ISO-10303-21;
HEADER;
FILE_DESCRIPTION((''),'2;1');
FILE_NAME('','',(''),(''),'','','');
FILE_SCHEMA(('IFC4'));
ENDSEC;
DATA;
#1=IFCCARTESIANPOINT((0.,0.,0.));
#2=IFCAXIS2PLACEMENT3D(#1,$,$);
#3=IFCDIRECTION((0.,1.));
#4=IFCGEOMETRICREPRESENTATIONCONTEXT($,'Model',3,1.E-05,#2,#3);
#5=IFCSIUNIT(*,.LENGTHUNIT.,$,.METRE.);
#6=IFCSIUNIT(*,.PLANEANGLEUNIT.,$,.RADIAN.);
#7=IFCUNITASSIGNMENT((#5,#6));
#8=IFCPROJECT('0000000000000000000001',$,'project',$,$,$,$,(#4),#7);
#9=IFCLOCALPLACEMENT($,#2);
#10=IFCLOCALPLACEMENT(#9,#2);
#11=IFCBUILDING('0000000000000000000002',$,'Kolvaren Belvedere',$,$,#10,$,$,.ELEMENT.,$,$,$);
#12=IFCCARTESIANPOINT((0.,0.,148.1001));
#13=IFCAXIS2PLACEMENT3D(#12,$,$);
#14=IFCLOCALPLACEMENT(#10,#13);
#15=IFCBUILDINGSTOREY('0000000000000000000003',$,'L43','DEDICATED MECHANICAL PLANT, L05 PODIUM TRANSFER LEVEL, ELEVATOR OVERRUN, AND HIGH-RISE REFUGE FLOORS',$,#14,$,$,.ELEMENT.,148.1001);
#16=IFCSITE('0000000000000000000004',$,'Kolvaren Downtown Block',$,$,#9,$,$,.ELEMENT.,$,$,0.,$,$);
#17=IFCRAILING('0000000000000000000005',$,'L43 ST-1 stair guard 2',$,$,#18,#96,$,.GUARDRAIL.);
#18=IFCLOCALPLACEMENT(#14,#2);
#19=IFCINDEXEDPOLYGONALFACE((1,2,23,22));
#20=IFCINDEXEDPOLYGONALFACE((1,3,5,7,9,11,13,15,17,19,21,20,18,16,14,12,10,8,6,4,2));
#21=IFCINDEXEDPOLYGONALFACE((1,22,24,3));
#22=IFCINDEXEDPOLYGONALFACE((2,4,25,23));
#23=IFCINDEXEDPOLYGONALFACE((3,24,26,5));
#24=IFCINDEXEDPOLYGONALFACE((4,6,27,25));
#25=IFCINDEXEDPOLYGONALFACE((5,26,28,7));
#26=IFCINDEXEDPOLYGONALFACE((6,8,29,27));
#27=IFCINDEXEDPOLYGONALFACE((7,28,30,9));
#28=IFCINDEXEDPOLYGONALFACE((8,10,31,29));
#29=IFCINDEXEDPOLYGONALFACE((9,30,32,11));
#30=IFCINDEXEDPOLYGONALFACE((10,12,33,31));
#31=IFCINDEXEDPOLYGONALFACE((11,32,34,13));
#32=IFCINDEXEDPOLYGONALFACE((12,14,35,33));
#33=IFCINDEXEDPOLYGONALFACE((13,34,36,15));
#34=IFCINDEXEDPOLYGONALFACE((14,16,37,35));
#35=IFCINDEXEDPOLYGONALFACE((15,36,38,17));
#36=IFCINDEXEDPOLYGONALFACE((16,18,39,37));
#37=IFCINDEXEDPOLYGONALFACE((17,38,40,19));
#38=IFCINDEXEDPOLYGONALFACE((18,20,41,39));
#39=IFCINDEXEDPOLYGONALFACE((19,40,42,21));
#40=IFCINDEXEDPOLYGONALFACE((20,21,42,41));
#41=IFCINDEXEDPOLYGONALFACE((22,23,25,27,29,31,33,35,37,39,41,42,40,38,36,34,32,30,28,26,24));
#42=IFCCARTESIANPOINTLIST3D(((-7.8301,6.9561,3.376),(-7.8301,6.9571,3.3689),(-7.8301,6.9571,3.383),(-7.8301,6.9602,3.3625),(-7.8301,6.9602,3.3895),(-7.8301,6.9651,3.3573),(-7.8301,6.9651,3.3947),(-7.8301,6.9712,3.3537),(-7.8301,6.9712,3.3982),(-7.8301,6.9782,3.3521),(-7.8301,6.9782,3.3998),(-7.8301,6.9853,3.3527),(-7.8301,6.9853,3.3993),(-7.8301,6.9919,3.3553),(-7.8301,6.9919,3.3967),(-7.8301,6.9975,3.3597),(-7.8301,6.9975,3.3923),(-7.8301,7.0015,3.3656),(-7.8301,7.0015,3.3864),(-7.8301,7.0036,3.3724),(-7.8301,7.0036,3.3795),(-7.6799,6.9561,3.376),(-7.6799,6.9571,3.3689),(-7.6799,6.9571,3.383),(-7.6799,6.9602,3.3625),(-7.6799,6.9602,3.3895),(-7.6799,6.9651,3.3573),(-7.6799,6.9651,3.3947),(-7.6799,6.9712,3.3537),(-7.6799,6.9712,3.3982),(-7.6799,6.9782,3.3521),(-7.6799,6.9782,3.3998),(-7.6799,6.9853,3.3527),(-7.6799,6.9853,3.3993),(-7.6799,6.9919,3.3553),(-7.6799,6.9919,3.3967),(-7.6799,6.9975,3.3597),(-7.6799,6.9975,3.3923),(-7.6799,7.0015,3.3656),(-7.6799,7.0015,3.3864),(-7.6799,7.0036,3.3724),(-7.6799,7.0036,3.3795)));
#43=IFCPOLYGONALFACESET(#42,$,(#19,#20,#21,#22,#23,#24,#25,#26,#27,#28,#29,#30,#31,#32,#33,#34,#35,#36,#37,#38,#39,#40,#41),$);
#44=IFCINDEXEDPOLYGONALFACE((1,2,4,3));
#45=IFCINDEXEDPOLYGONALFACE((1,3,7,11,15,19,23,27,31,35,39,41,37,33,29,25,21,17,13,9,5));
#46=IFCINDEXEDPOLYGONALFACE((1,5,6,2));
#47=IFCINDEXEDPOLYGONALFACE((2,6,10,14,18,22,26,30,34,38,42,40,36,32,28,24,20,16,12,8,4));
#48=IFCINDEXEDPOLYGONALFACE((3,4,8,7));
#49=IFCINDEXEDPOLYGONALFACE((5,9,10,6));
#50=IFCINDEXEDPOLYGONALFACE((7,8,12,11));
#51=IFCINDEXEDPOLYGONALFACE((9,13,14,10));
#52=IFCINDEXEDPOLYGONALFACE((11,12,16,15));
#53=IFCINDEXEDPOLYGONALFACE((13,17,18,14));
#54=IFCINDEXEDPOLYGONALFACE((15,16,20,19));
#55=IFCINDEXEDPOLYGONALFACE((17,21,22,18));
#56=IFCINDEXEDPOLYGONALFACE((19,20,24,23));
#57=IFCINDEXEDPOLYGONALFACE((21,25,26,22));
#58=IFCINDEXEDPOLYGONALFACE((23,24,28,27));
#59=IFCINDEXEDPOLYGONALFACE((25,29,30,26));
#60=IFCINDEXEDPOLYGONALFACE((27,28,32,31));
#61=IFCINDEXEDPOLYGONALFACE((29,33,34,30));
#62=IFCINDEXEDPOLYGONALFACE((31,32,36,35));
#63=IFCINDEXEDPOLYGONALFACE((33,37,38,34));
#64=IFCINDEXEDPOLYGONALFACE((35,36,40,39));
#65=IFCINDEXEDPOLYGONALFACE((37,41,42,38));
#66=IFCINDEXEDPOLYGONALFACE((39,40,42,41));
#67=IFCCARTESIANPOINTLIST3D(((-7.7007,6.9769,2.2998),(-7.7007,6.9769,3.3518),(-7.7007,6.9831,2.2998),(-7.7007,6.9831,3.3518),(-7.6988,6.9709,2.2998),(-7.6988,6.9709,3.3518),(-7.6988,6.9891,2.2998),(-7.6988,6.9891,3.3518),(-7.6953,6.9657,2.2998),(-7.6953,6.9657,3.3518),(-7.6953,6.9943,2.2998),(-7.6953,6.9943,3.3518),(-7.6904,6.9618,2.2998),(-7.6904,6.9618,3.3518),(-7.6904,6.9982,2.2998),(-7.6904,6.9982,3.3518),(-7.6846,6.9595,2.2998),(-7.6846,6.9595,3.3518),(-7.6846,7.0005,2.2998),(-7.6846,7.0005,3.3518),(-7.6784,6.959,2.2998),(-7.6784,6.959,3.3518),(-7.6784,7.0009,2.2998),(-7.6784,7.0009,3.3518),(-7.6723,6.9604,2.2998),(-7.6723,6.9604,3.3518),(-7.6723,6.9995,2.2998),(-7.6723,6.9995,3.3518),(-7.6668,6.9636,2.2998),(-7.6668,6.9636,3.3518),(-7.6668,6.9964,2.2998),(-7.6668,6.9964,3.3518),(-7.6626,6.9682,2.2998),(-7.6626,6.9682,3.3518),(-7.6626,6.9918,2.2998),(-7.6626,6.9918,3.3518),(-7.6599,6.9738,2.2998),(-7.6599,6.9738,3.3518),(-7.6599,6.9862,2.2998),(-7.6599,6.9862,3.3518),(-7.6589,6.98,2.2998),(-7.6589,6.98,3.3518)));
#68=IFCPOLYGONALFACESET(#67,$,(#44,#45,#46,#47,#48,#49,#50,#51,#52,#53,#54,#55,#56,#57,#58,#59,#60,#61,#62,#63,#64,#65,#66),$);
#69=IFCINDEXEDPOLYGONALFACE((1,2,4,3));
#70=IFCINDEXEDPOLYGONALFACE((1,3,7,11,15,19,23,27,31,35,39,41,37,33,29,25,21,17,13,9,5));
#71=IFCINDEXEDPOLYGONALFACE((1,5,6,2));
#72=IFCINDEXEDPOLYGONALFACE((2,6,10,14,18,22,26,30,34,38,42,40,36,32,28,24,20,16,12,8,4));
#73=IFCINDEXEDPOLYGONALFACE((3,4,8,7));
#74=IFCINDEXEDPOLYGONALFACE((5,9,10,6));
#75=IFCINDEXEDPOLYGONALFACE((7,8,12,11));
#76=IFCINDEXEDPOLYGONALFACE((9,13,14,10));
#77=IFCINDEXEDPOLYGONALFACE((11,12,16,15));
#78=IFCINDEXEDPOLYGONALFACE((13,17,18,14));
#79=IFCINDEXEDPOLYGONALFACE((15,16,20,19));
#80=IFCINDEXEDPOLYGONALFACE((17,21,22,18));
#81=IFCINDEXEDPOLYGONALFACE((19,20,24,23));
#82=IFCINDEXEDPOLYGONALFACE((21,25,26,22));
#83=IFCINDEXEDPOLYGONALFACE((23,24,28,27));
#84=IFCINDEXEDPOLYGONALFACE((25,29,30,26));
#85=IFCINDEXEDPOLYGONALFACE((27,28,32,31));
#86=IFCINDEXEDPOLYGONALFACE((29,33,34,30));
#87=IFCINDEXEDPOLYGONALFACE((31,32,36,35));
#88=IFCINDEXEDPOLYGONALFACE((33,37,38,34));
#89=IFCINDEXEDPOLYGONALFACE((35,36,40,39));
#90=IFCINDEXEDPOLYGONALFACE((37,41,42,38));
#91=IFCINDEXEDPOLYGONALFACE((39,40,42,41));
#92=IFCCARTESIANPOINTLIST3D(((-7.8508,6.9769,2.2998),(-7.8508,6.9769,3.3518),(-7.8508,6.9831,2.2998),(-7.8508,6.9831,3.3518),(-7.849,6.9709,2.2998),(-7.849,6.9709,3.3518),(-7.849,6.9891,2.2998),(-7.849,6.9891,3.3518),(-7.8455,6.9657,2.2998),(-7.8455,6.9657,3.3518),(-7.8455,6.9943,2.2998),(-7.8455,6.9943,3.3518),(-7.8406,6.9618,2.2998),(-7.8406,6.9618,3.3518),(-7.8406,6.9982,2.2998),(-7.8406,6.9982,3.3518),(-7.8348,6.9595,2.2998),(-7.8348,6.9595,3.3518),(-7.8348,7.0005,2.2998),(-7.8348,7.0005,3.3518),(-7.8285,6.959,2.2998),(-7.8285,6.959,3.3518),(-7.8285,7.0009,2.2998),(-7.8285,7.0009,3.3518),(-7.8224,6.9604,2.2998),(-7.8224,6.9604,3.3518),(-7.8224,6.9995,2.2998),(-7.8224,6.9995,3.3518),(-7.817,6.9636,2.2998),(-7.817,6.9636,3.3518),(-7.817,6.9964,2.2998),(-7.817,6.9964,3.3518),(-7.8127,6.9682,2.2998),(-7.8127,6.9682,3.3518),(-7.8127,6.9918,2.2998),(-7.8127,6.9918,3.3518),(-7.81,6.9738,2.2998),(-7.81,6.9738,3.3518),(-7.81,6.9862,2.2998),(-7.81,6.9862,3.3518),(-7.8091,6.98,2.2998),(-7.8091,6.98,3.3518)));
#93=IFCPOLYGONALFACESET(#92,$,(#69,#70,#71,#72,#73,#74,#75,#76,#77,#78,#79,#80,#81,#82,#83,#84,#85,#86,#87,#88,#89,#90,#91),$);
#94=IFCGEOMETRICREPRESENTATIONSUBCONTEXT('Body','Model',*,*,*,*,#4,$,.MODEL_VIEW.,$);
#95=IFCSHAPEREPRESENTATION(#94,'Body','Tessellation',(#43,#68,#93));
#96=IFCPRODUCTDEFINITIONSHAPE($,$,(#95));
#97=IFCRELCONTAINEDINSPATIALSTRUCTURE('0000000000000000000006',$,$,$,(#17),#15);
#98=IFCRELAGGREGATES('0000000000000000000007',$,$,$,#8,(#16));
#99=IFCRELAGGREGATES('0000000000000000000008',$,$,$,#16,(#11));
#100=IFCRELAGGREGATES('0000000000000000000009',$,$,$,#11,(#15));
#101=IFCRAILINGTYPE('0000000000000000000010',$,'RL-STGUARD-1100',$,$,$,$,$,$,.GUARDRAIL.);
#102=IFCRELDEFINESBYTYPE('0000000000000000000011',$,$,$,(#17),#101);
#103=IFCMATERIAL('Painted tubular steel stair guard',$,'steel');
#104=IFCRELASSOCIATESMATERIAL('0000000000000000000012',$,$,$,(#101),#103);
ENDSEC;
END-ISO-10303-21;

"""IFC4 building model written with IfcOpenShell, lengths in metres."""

from ifc_helpers import new_model, si_unit, direction, frame, origin, origin_2d, place, context, subcontext, project, spatial, circle, extrude, material, type_object, element, save


model = new_model("IFC4")

# Units and contexts
model_context = context("Model", 3, precision=1e-05, world=origin(), true_north=direction((0.0, 1.0)))
body_context = subcontext(model_context, "Body", "Model", "MODEL_VIEW")
ifc_project = project(units=[si_unit("LENGTHUNIT", "METRE"), si_unit("PLANEANGLEUNIT", "RADIAN")], contexts=[model_context])

# Site, building, storey
site_placement = place(None, origin())
site = spatial("IfcSite", under=ifc_project, at=site_placement, Name="Kolvaren Downtown Block", CompositionType="ELEMENT", RefElevation=0.0)
building_placement = place(site_placement, origin())
building = spatial("IfcBuilding", under=site, at=building_placement, Name="Kolvaren Belvedere", CompositionType="ELEMENT")
storey_placement = place(building_placement, frame((0.0, 0.0, 148.1001)))
storey = spatial("IfcBuildingStorey", under=building, at=storey_placement, Name="L43", Description="DEDICATED MECHANICAL PLANT, L05 PODIUM TRANSFER LEVEL, ELEVATOR OVERRUN, AND HIGH-RISE REFUGE FLOORS", CompositionType="ELEMENT", Elevation=148.1001)

# Railing
ifc_material_1 = material(Name="Painted tubular steel stair guard", Category="steel")
railing_type_1 = type_object("IfcRailingType", Name="RL-STGUARD-1100", PredefinedType="GUARDRAIL", material=ifc_material_1)
railing_1_placement = place(storey_placement, frame((-7.6799, 6.98, 2.2998)))
element("IfcRailing", 1, at=railing_1_placement, inside=storey, type_object=railing_type_1, Name="L43 ST-1 stair guard 2", PredefinedType="GUARDRAIL", context=body_context, shape_type="SweptSolid", body=[
    extrude(circle(Radius=0.0239, at=origin_2d()), frame((0.0, 0.0, 1.0762), z_axis=(-1.0, 0.0, 0.0), x_axis=(0.0, -1.0, 0.0)), (0.0, 0.0, 1.0), 0.1501),
    extrude(circle(Radius=0.021, at=origin_2d()), origin(), (0.0, 0.0, 1.0), 1.052),
    extrude(circle(Radius=0.021, at=origin_2d()), frame((-0.1501, 0.0, 0.0)), (0.0, 0.0, 1.0), 1.052),
])

save(model, "model.ifc")
